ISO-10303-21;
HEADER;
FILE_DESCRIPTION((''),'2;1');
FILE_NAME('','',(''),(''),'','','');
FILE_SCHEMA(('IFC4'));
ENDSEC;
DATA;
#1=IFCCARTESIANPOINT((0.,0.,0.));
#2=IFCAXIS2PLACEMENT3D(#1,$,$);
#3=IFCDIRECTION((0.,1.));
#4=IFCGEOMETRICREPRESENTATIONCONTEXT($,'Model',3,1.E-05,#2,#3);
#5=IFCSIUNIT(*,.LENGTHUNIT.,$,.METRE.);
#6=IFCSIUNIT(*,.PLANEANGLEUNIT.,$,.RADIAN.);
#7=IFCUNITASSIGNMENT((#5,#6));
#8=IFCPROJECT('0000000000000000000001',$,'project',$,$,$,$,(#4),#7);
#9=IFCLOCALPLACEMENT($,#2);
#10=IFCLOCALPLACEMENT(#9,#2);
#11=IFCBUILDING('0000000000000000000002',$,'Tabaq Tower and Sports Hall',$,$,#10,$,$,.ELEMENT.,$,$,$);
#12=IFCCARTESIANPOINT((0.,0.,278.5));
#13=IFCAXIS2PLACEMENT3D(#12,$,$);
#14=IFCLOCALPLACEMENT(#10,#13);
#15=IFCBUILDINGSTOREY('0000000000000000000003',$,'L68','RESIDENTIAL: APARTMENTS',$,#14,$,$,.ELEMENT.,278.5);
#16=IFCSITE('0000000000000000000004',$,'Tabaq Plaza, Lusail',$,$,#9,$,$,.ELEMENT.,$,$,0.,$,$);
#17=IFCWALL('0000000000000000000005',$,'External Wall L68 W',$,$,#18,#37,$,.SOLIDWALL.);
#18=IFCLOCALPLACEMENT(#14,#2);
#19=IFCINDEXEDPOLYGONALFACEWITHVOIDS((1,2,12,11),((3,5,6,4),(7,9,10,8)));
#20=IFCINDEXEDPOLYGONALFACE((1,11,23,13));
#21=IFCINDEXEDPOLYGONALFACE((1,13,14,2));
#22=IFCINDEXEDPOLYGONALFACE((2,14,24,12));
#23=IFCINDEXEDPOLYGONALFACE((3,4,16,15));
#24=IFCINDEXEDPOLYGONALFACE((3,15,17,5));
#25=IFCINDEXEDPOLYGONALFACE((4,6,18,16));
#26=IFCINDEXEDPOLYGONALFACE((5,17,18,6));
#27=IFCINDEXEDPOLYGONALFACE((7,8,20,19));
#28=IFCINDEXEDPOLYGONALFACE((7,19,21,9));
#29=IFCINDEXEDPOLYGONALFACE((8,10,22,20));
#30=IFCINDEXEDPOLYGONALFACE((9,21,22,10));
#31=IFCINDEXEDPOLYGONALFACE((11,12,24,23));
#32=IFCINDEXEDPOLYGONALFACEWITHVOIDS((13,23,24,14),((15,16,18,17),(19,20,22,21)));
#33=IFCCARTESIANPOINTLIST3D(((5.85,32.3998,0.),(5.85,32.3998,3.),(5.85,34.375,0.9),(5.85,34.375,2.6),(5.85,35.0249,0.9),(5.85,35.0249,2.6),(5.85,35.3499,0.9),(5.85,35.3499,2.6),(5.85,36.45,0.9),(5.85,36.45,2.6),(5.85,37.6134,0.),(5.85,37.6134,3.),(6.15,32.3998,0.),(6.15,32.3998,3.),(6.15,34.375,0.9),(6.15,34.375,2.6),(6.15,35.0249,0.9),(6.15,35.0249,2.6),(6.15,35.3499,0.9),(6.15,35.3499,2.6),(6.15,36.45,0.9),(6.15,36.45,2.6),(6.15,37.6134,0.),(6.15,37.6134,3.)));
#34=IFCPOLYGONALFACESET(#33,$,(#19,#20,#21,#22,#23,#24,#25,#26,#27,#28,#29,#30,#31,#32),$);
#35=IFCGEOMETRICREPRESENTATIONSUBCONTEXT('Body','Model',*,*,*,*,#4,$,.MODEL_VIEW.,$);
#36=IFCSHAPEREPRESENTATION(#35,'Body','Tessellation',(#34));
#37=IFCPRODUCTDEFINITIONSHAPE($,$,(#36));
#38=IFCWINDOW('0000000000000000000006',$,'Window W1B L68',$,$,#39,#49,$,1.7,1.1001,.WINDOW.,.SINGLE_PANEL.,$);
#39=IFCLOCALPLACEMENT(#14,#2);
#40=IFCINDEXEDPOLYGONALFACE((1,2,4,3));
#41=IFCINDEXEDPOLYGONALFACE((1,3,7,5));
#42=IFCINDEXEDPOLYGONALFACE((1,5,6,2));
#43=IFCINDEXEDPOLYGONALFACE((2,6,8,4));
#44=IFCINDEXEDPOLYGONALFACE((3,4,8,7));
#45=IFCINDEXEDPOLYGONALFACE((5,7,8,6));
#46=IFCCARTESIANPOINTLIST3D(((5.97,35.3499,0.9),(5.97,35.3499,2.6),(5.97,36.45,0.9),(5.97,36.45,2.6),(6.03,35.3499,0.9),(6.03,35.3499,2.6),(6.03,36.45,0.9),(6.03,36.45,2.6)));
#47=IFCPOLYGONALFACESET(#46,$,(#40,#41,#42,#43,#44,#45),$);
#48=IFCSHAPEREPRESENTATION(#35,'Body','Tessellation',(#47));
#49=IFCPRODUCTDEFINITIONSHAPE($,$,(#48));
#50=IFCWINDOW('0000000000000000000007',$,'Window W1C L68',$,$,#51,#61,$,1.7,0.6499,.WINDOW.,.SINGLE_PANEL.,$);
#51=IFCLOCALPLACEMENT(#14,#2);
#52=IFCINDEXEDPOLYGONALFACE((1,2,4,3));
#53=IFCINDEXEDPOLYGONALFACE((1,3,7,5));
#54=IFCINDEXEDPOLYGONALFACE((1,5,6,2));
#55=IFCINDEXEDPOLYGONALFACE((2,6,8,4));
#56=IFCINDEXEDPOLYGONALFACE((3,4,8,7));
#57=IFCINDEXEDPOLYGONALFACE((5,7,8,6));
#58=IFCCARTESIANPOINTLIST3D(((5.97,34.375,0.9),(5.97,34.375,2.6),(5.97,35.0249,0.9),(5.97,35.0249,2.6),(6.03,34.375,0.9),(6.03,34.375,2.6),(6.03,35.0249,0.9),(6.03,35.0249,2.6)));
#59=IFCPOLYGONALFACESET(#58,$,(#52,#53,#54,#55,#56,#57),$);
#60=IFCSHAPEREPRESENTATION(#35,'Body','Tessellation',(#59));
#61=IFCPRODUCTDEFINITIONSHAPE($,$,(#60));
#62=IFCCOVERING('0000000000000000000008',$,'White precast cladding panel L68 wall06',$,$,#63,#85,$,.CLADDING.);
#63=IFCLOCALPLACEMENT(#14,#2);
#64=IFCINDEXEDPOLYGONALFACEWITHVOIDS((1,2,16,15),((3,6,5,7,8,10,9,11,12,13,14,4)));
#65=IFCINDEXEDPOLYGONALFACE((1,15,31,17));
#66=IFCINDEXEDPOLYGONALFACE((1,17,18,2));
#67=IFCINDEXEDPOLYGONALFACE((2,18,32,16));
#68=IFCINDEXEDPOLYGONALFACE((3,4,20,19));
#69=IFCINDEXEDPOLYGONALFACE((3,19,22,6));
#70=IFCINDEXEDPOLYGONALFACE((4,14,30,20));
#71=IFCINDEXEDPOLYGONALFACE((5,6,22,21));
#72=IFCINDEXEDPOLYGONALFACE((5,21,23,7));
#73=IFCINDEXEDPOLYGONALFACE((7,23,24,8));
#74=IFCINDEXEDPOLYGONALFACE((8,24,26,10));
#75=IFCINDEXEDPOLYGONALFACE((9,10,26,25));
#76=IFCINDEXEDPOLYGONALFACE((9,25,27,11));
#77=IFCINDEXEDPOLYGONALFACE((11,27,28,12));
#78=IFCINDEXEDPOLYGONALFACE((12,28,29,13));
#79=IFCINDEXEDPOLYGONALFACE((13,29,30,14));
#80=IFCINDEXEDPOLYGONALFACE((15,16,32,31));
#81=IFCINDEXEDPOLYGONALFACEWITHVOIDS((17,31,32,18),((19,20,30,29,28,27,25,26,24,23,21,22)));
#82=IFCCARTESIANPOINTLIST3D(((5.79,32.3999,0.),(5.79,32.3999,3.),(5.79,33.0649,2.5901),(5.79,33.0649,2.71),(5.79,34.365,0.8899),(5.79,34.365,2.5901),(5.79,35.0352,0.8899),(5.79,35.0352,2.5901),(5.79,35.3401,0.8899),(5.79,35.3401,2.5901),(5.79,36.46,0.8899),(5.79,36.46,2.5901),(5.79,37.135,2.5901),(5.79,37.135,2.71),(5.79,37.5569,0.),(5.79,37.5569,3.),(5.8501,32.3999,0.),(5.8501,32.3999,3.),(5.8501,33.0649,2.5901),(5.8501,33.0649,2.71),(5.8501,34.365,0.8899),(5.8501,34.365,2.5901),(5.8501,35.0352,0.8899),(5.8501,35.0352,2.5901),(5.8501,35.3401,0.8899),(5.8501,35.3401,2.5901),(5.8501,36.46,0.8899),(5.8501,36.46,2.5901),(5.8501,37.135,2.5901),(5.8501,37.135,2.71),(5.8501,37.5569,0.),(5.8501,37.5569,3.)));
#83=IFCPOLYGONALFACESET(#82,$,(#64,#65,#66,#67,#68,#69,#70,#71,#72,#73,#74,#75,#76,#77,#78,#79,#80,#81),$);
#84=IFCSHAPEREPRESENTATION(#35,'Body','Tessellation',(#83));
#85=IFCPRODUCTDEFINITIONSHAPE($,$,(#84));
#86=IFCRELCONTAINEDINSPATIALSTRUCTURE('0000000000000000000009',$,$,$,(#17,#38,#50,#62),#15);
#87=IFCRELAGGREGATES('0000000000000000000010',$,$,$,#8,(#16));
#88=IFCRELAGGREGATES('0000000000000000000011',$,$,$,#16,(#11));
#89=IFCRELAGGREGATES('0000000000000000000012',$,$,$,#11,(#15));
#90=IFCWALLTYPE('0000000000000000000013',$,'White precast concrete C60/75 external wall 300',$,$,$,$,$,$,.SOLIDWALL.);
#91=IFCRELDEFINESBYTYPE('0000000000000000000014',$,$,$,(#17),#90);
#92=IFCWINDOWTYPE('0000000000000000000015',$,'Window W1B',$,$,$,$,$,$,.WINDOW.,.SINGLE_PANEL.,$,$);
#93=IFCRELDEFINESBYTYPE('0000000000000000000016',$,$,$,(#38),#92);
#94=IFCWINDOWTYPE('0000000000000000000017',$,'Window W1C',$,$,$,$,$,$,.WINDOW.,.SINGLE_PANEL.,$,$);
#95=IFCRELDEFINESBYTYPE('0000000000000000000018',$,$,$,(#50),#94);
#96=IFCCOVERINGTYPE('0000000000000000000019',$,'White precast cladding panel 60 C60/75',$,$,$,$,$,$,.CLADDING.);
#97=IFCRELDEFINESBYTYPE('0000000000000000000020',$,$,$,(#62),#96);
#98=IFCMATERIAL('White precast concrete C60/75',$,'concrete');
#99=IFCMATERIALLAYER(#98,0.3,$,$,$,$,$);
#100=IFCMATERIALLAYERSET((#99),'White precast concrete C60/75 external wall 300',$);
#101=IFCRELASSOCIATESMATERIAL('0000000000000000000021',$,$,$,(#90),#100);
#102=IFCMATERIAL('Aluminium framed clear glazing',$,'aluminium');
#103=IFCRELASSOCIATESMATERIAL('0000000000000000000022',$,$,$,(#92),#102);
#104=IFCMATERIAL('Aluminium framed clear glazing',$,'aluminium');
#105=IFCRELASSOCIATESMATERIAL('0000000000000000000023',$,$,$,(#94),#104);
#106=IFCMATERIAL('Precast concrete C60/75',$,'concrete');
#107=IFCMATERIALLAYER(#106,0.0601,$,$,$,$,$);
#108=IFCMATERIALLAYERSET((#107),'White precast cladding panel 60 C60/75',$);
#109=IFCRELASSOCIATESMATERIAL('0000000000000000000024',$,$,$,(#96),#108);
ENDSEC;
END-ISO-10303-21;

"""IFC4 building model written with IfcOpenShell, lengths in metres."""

from ifc_helpers import new_model, si_unit, direction, frame, frame_2d, origin, place, context, subcontext, project, spatial, polyline, rectangle, outline, extrude, material, layer, layer_set, type_object, element, fill, save


model = new_model("IFC4")

# Units and contexts
model_context = context("Model", 3, precision=1e-05, world=origin(), true_north=direction((0.0, 1.0)))
body_context = subcontext(model_context, "Body", "Model", "MODEL_VIEW")
ifc_project = project(units=[si_unit("LENGTHUNIT", "METRE"), si_unit("PLANEANGLEUNIT", "RADIAN")], contexts=[model_context])

# Site, building, storey
site_placement = place(None, origin())
site = spatial("IfcSite", under=ifc_project, at=site_placement, Name="Tabaq Plaza, Lusail", CompositionType="ELEMENT", RefElevation=0.0)
building_placement = place(site_placement, origin())
building = spatial("IfcBuilding", under=site, at=building_placement, Name="Tabaq Tower and Sports Hall", CompositionType="ELEMENT")
storey_placement = place(building_placement, frame((0.0, 0.0, 278.5)))
storey = spatial("IfcBuildingStorey", under=building, at=storey_placement, Name="L68", Description="RESIDENTIAL: APARTMENTS", CompositionType="ELEMENT", Elevation=278.5)

# Wall, openings, windows
ifc_material_1 = material(Name="White precast concrete C60/75", Category="concrete")
ifc_layer_1 = layer(ifc_material_1, 0.3)
ifc_layer_set_1 = layer_set([ifc_layer_1], Name="White precast concrete C60/75 external wall 300")
wall_type_1 = type_object("IfcWallType", Name="White precast concrete C60/75 external wall 300", PredefinedType="SOLIDWALL", material=ifc_layer_set_1)
wall_1_placement = place(storey_placement, frame((6.0, 37.6135, 0.0), z_axis=(0.0, 0.0, 1.0), x_axis=(0.0, -1.0, 0.0)))
wall_1 = element("IfcWall", 1, at=wall_1_placement, inside=storey, type_object=wall_type_1, Name="External Wall L68 W", PredefinedType="SOLIDWALL", context=body_context, shape_type="SweptSolid", body=[
    extrude(rectangle(XDim=5.2136, YDim=0.3, at=frame_2d((2.6069, 0.0))), origin(), (0.0, 0.0, 1.0), 3.0),
])
opening_1_placement = place(wall_1_placement, frame((1.1636, 0.0, 0.8999)))
opening_1 = element("IfcOpeningElement", 2, at=opening_1_placement, cuts=wall_1, PredefinedType="OPENING", context=body_context, shape_type="SweptSolid", body=[
    extrude(rectangle(XDim=1.1001, YDim=1.7, at=frame_2d((0.55, 0.8501))), frame((0.0, 0.1602, 0.0), z_axis=(0.0, -1.0, 0.0), x_axis=(1.0, 0.0, 0.0)), (0.0, 0.0, 1.0), 0.3201),
])
opening_2_placement = place(wall_1_placement, frame((2.5886, 0.0, 0.8999)))
opening_2 = element("IfcOpeningElement", 3, at=opening_2_placement, cuts=wall_1, PredefinedType="OPENING", context=body_context, shape_type="SweptSolid", body=[
    extrude(rectangle(XDim=0.6499, YDim=1.7, at=frame_2d((0.325, 0.8501))), frame((0.0, 0.1602, 0.0), z_axis=(0.0, -1.0, 0.0), x_axis=(1.0, 0.0, 0.0)), (0.0, 0.0, 1.0), 0.3201),
])
ifc_material_2 = material(Name="Aluminium framed clear glazing", Category="aluminium")
window_type_1 = type_object("IfcWindowType", Name="Window W1B", PartitioningType="SINGLE_PANEL", PredefinedType="WINDOW", material=ifc_material_2)
window_1_placement = place(opening_1_placement, origin())
window_1 = element("IfcWindow", 4, at=window_1_placement, inside=storey, type_object=window_type_1, Name="Window W1B L68", OverallHeight=1.7, OverallWidth=1.1001, PartitioningType="SINGLE_PANEL", PredefinedType="WINDOW", context=body_context, shape_type="SweptSolid", body=[
    extrude(rectangle(XDim=1.1001, YDim=1.7, at=frame_2d((0.55, 0.8501))), frame((0.0, 0.03, 0.0), z_axis=(0.0, -1.0, 0.0), x_axis=(1.0, 0.0, 0.0)), (0.0, 0.0, 1.0), 0.0601),
])
fill(opening_1, window_1)
ifc_material_3 = material(Name="Aluminium framed clear glazing", Category="aluminium")
window_type_2 = type_object("IfcWindowType", Name="Window W1C", PartitioningType="SINGLE_PANEL", PredefinedType="WINDOW", material=ifc_material_3)
window_2_placement = place(opening_2_placement, origin())
window_2 = element("IfcWindow", 5, at=window_2_placement, inside=storey, type_object=window_type_2, Name="Window W1C L68", OverallHeight=1.7, OverallWidth=0.6499, PartitioningType="SINGLE_PANEL", PredefinedType="WINDOW", context=body_context, shape_type="SweptSolid", body=[
    extrude(rectangle(XDim=0.6499, YDim=1.7, at=frame_2d((0.325, 0.8501))), frame((0.0, 0.03, 0.0), z_axis=(0.0, -1.0, 0.0), x_axis=(1.0, 0.0, 0.0)), (0.0, 0.0, 1.0), 0.0601),
])
fill(opening_2, window_2)

# Covering
ifc_material_4 = material(Name="Precast concrete C60/75", Category="concrete")
ifc_layer_2 = layer(ifc_material_4, 0.0601)
ifc_layer_set_2 = layer_set([ifc_layer_2], Name="White precast cladding panel 60 C60/75")
covering_type = type_object("IfcCoveringType", Name="White precast cladding panel 60 C60/75", PredefinedType="CLADDING", material=ifc_layer_set_2)
covering_placement = place(storey_placement, frame((5.8201, 37.5569, 0.0), z_axis=(0.0, 0.0, 1.0), x_axis=(0.0, -1.0, 0.0)))
element("IfcCovering", 6, at=covering_placement, inside=storey, type_object=covering_type, Name="White precast cladding panel L68 wall06", PredefinedType="CLADDING", context=body_context, shape_type="SweptSolid", body=[
    extrude(outline(polyline([(0.0, 0.0), (5.157, 0.0), (5.157, 3.0), (0.0, 3.0), (0.0, 0.0)]), holes=[polyline([(1.0969, 2.5901), (0.4219, 2.5901), (0.4219, 2.71), (4.4919, 2.71), (4.4919, 2.5901), (3.1919, 2.5901), (3.1919, 0.8899), (2.5217, 0.8899), (2.5217, 2.5901), (2.2168, 2.5901), (2.2168, 0.8899), (1.0969, 0.8899), (1.0969, 2.5901)])]), frame((0.0, 0.03, 0.0), z_axis=(0.0, -1.0, 0.0), x_axis=(1.0, 0.0, 0.0)), (0.0, 0.0, 1.0), 0.0601),
])

save(model, "model.ifc")
